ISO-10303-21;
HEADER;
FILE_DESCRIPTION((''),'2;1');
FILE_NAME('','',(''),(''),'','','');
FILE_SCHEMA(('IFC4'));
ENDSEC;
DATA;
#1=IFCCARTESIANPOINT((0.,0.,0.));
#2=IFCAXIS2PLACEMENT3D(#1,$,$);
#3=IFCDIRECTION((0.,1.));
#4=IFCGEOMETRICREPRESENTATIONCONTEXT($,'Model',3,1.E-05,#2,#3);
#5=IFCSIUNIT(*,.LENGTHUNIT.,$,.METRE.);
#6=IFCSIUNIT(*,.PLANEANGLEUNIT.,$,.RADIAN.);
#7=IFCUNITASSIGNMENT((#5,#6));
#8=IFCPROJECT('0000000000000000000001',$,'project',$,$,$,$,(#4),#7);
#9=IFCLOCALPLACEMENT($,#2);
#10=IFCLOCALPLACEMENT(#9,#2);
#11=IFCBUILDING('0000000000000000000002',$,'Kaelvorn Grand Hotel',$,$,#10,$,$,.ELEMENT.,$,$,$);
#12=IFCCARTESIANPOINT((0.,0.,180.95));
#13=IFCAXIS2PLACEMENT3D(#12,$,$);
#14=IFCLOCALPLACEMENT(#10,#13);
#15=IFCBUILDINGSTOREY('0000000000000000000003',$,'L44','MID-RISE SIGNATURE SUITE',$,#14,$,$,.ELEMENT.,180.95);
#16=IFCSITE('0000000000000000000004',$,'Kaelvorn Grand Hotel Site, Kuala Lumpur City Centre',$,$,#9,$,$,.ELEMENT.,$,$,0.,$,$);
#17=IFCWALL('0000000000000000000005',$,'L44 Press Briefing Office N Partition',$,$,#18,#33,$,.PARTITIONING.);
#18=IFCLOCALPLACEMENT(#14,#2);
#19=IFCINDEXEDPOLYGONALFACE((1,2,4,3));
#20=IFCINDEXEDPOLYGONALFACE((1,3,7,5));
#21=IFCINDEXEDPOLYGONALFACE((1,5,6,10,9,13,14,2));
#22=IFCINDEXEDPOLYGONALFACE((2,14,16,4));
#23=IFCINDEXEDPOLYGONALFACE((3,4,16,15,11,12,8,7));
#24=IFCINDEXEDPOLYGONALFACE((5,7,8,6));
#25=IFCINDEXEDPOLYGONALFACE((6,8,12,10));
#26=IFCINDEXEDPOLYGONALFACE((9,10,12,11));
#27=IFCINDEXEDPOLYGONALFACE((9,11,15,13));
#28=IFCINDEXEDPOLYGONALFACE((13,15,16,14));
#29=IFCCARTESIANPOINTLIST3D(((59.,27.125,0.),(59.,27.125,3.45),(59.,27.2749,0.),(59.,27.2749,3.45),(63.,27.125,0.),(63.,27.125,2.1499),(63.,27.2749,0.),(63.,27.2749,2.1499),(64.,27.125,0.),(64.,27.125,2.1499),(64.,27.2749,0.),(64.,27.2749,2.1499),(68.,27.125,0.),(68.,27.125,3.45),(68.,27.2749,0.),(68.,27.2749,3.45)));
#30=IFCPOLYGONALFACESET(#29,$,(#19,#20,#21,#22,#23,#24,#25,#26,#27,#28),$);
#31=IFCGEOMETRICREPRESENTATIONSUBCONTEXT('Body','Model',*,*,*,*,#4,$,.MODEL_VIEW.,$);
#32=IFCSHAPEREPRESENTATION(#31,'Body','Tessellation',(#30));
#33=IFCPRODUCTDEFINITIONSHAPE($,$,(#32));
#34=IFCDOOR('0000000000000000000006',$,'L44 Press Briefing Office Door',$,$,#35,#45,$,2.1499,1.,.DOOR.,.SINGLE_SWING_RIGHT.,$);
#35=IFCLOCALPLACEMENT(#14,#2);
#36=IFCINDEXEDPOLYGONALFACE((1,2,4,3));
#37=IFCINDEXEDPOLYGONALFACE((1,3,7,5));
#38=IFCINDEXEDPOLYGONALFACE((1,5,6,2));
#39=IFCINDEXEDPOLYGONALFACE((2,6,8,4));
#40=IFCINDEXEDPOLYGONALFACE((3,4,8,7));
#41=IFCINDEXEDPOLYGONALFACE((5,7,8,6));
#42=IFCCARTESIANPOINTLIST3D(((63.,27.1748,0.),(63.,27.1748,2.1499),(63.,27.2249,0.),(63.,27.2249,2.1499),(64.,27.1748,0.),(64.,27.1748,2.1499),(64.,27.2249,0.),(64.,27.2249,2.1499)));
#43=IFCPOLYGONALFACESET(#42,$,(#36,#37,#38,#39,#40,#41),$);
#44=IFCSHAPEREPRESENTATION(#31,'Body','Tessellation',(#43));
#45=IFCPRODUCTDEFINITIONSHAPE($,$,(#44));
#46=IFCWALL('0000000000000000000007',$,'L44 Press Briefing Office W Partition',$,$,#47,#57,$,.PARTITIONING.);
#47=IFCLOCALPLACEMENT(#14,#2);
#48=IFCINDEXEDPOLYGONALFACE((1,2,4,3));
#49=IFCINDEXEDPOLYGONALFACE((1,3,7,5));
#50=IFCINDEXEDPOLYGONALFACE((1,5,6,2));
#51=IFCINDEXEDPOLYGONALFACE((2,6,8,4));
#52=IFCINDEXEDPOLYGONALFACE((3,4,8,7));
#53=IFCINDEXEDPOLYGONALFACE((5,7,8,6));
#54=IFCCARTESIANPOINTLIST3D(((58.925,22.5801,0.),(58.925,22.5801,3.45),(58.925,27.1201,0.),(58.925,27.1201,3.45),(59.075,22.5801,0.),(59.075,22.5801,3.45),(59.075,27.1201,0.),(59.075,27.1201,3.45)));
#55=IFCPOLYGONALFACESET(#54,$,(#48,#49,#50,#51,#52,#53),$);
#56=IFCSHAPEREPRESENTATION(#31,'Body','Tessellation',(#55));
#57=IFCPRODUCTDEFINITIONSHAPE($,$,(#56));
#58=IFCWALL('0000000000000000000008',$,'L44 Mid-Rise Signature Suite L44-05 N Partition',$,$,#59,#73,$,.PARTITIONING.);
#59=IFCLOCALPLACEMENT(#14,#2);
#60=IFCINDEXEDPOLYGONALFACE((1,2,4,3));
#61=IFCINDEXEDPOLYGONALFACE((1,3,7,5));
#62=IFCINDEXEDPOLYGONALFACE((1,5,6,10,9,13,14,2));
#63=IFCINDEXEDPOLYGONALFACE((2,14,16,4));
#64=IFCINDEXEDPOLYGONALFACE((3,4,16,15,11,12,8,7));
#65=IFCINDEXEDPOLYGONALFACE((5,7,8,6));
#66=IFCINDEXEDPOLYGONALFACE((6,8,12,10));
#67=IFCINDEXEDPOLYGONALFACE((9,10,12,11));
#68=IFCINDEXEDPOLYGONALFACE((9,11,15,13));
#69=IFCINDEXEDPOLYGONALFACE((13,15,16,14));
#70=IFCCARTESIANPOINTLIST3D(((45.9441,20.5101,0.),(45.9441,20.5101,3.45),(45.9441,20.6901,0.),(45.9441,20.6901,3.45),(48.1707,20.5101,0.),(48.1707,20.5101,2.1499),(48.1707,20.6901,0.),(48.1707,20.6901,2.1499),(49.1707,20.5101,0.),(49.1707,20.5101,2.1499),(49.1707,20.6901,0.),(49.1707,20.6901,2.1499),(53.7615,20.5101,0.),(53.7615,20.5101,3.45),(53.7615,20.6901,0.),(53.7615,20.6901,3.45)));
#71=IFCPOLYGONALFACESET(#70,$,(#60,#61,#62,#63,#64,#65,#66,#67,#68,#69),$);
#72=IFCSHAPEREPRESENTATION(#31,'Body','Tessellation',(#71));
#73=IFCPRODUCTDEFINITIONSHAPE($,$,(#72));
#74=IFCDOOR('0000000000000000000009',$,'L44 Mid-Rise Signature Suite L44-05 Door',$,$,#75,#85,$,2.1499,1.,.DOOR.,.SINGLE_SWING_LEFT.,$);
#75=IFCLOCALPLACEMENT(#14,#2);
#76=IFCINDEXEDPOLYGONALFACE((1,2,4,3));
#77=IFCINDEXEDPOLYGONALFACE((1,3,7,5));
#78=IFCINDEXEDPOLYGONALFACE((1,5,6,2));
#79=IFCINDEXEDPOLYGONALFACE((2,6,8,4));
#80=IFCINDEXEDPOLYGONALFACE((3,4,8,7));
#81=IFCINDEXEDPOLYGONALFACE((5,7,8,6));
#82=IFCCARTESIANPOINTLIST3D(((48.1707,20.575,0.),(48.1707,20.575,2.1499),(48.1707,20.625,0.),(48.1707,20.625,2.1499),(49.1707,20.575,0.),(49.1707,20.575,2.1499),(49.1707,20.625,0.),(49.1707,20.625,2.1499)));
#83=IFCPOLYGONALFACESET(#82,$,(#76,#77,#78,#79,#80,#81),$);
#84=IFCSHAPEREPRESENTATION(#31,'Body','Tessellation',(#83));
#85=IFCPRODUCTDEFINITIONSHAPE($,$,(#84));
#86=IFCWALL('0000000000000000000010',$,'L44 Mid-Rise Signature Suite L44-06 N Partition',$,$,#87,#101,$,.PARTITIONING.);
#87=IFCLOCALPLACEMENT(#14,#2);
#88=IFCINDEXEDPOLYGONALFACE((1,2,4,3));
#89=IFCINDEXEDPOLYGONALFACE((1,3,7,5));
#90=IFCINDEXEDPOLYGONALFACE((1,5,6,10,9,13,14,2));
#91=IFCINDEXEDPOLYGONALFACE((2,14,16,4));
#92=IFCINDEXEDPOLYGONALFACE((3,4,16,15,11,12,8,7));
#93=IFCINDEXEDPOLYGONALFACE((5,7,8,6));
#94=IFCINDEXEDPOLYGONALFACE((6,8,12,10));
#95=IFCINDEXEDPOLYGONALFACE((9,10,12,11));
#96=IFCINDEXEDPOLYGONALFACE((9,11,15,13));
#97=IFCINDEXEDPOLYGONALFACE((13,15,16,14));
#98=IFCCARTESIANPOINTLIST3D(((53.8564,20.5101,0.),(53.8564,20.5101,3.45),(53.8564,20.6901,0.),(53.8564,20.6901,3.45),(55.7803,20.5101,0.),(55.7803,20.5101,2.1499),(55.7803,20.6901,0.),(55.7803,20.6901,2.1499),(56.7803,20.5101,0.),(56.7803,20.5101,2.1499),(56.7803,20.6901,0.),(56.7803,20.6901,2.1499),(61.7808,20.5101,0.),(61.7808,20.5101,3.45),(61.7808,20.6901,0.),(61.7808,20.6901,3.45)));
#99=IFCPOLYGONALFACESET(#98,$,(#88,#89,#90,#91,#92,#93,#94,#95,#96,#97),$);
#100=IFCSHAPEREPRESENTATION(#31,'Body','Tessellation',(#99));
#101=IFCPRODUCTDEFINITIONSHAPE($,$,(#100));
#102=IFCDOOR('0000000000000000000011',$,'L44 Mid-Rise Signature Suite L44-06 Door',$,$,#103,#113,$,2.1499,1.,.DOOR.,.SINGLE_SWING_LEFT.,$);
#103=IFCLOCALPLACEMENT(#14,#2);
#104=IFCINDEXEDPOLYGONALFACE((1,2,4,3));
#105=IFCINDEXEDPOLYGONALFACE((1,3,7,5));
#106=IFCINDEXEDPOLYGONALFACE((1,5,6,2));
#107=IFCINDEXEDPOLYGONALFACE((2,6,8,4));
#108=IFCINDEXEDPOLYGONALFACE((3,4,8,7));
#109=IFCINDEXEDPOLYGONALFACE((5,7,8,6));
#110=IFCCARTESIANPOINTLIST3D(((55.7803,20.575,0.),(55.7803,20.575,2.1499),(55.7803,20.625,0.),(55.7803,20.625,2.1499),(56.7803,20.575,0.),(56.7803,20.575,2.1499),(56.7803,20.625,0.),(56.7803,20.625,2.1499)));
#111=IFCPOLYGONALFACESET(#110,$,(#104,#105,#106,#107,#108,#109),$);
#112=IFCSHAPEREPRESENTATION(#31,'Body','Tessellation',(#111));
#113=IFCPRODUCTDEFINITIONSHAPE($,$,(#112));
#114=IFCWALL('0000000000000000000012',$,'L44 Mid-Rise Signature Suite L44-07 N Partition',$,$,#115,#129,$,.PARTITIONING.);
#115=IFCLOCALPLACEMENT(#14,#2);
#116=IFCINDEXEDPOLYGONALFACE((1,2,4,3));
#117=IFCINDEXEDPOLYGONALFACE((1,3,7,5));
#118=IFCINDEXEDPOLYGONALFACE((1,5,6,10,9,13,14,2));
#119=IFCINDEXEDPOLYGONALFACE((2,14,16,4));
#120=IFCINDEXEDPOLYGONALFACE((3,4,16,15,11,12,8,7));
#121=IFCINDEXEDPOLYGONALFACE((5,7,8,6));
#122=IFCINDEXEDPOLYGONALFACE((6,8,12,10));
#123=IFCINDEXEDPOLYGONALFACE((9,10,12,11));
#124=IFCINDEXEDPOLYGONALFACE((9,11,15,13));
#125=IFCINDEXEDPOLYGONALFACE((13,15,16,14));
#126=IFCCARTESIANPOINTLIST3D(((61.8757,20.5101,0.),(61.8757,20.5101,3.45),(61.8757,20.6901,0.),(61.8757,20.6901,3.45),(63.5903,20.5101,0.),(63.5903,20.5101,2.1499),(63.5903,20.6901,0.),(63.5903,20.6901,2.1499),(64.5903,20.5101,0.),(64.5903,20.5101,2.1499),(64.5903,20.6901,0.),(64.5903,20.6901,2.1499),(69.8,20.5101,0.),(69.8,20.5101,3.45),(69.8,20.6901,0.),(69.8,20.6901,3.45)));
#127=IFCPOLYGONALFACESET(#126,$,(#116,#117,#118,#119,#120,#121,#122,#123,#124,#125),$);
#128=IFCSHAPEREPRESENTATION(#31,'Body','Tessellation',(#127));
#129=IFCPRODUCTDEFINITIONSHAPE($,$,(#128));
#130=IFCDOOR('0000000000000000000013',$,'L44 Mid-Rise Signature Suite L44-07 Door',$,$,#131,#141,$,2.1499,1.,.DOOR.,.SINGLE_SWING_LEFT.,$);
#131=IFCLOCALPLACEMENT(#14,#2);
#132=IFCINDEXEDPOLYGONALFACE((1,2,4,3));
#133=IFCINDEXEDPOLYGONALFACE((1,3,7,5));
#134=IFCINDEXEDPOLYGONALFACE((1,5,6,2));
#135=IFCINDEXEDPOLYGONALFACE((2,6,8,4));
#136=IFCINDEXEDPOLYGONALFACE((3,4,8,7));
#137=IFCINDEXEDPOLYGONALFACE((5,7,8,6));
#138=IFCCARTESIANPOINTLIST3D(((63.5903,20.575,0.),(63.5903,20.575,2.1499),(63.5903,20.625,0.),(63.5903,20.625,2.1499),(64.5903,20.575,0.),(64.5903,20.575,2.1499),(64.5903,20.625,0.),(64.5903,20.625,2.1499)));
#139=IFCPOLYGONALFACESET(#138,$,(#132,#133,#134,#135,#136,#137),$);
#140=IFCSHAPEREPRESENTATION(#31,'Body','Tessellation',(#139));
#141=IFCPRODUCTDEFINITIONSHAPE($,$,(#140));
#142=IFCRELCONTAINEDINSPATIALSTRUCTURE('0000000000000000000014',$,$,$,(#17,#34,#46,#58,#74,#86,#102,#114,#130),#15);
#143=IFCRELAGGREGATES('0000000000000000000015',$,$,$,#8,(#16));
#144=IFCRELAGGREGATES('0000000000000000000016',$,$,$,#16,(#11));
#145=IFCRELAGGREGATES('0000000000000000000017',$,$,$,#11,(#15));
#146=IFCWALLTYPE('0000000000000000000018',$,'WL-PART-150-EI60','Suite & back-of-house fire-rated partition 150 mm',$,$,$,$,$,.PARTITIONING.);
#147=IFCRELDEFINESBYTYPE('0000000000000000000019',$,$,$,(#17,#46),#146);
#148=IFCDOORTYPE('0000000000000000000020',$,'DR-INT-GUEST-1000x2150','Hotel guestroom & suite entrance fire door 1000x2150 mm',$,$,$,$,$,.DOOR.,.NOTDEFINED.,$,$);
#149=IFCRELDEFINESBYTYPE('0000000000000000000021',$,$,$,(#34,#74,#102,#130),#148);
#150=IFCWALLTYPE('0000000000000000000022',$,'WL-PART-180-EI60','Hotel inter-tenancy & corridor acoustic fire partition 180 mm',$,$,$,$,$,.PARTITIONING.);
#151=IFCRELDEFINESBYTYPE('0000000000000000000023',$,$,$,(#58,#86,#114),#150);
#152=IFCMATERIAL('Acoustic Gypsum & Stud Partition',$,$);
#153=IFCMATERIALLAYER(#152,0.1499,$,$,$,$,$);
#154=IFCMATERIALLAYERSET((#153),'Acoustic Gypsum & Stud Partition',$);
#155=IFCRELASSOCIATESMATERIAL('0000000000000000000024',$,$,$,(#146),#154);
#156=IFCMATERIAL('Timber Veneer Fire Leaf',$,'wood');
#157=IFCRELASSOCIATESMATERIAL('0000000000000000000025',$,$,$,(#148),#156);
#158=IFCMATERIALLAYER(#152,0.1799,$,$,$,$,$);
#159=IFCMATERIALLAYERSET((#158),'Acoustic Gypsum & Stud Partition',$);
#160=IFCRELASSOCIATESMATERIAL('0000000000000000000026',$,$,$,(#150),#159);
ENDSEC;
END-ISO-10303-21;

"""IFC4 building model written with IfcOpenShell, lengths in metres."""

from ifc_helpers import new_model, si_unit, direction, frame, frame_2d, origin, place, context, subcontext, project, spatial, rectangle, extrude, material, layer, layer_set, type_object, element, fill, save


model = new_model("IFC4")

# Units and contexts
model_context = context("Model", 3, precision=1e-05, world=origin(), true_north=direction((0.0, 1.0)))
body_context = subcontext(model_context, "Body", "Model", "MODEL_VIEW")
ifc_project = project(units=[si_unit("LENGTHUNIT", "METRE"), si_unit("PLANEANGLEUNIT", "RADIAN")], contexts=[model_context])

# Site, building, storey
site_placement = place(None, origin())
site = spatial("IfcSite", under=ifc_project, at=site_placement, Name="Kaelvorn Grand Hotel Site, Kuala Lumpur City Centre", CompositionType="ELEMENT", RefElevation=0.0)
building_placement = place(site_placement, origin())
building = spatial("IfcBuilding", under=site, at=building_placement, Name="Kaelvorn Grand Hotel", CompositionType="ELEMENT")
storey_placement = place(building_placement, frame((0.0, 0.0, 180.95)))
storey = spatial("IfcBuildingStorey", under=building, at=storey_placement, Name="L44", Description="MID-RISE SIGNATURE SUITE", CompositionType="ELEMENT", Elevation=180.95)

# Shared definitions
ifc_material_1 = material(Name="Acoustic Gypsum & Stud Partition")
ifc_layer_1 = layer(ifc_material_1, 0.1499)
ifc_layer_set_1 = layer_set([ifc_layer_1], Name="Acoustic Gypsum & Stud Partition")
wall_type_1 = type_object("IfcWallType", Name="WL-PART-150-EI60", Description="Suite & back-of-house fire-rated partition 150 mm", PredefinedType="PARTITIONING", material=ifc_layer_set_1)

# Wall, opening, door
wall_1_placement = place(storey_placement, frame((59.0, 27.2, 0.0), z_axis=(0.0, 0.0, 1.0), x_axis=(1.0, 0.0, 0.0)))
wall_1 = element("IfcWall", 1, at=wall_1_placement, inside=storey, type_object=wall_type_1, Name="L44 Press Briefing Office N Partition", PredefinedType="PARTITIONING", context=body_context, shape_type="SweptSolid", body=[
    extrude(rectangle(XDim=9.0, YDim=0.1499, at=frame_2d((4.5, 0.0))), origin(), (0.0, 0.0, 1.0), 3.45),
])
opening_1_placement = place(wall_1_placement, frame((4.0, 0.0, 0.0)))
opening_1 = element("IfcOpeningElement", 2, at=opening_1_placement, cuts=wall_1, PredefinedType="OPENING", context=body_context, shape_type="SweptSolid", body=[
    extrude(rectangle(XDim=1.0, YDim=2.1499, at=frame_2d((0.5, 1.075))), frame((0.0, 0.085, 0.0), z_axis=(0.0, -1.0, 0.0), x_axis=(1.0, 0.0, 0.0)), (0.0, 0.0, 1.0), 0.1699),
])
ifc_material_2 = material(Name="Timber Veneer Fire Leaf", Category="wood")
door_type_1 = type_object("IfcDoorType", Name="DR-INT-GUEST-1000x2150", Description="Hotel guestroom & suite entrance fire door 1000x2150 mm", OperationType="NOTDEFINED", PredefinedType="DOOR", material=ifc_material_2)
door_1_placement = place(opening_1_placement, origin())
door_1 = element("IfcDoor", 3, at=door_1_placement, inside=storey, type_object=door_type_1, Name="L44 Press Briefing Office Door", OperationType="SINGLE_SWING_RIGHT", OverallHeight=2.1499, OverallWidth=1.0, PredefinedType="DOOR", context=body_context, shape_type="SweptSolid", body=[
    extrude(rectangle(XDim=1.0, YDim=2.1499, at=frame_2d((0.5, 1.075))), frame((0.0, 0.0249, 0.0), z_axis=(0.0, -1.0, 0.0), x_axis=(1.0, 0.0, 0.0)), (0.0, 0.0, 1.0), 0.05),
])
fill(opening_1, door_1)

# Wall
wall_2_placement = place(storey_placement, frame((59.0, 22.5801, 0.0), z_axis=(0.0, 0.0, 1.0), x_axis=(0.0, 1.0, 0.0)))
element("IfcWall", 4, at=wall_2_placement, inside=storey, type_object=wall_type_1, Name="L44 Press Briefing Office W Partition", PredefinedType="PARTITIONING", context=body_context, shape_type="SweptSolid", body=[
    extrude(rectangle(XDim=4.54, YDim=0.1499, at=frame_2d((2.27, 0.0))), origin(), (0.0, 0.0, 1.0), 3.45),
])

# Walls, openings, doors
ifc_layer_2 = layer(ifc_material_1, 0.1799)
ifc_layer_set_2 = layer_set([ifc_layer_2], Name="Acoustic Gypsum & Stud Partition")
wall_type_2 = type_object("IfcWallType", Name="WL-PART-180-EI60", Description="Hotel inter-tenancy & corridor acoustic fire partition 180 mm", PredefinedType="PARTITIONING", material=ifc_layer_set_2)
wall_3_placement = place(storey_placement, frame((45.9441, 20.6001, 0.0), z_axis=(0.0, 0.0, 1.0), x_axis=(1.0, 0.0, 0.0)))
wall_3 = element("IfcWall", 5, at=wall_3_placement, inside=storey, type_object=wall_type_2, Name="L44 Mid-Rise Signature Suite L44-05 N Partition", PredefinedType="PARTITIONING", context=body_context, shape_type="SweptSolid", body=[
    extrude(rectangle(XDim=7.8174, YDim=0.1799, at=frame_2d((3.9087, 0.0))), origin(), (0.0, 0.0, 1.0), 3.45),
])
opening_2_placement = place(wall_3_placement, frame((2.2266, 0.0, 0.0)))
opening_2 = element("IfcOpeningElement", 6, at=opening_2_placement, cuts=wall_3, PredefinedType="OPENING", context=body_context, shape_type="SweptSolid", body=[
    extrude(rectangle(XDim=1.0, YDim=2.1499, at=frame_2d((0.5, 1.075))), frame((0.0, 0.1001, 0.0), z_axis=(0.0, -1.0, 0.0), x_axis=(1.0, 0.0, 0.0)), (0.0, 0.0, 1.0), 0.2),
])
door_2_placement = place(opening_2_placement, origin())
door_2 = element("IfcDoor", 7, at=door_2_placement, inside=storey, type_object=door_type_1, Name="L44 Mid-Rise Signature Suite L44-05 Door", OperationType="SINGLE_SWING_LEFT", OverallHeight=2.1499, OverallWidth=1.0, PredefinedType="DOOR", context=body_context, shape_type="SweptSolid", body=[
    extrude(rectangle(XDim=1.0, YDim=2.1499, at=frame_2d((0.5, 1.075))), frame((0.0, 0.0249, 0.0), z_axis=(0.0, -1.0, 0.0), x_axis=(1.0, 0.0, 0.0)), (0.0, 0.0, 1.0), 0.05),
])
fill(opening_2, door_2)
wall_4_placement = place(storey_placement, frame((53.8564, 20.6001, 0.0), z_axis=(0.0, 0.0, 1.0), x_axis=(1.0, 0.0, 0.0)))
wall_4 = element("IfcWall", 8, at=wall_4_placement, inside=storey, type_object=wall_type_2, Name="L44 Mid-Rise Signature Suite L44-06 N Partition", PredefinedType="PARTITIONING", context=body_context, shape_type="SweptSolid", body=[
    extrude(rectangle(XDim=7.9243, YDim=0.1799, at=frame_2d((3.9622, 0.0))), origin(), (0.0, 0.0, 1.0), 3.45),
])
opening_3_placement = place(wall_4_placement, frame((1.9238, 0.0, 0.0)))
opening_3 = element("IfcOpeningElement", 9, at=opening_3_placement, cuts=wall_4, PredefinedType="OPENING", context=body_context, shape_type="SweptSolid", body=[
    extrude(rectangle(XDim=1.0, YDim=2.1499, at=frame_2d((0.5, 1.075))), frame((0.0, 0.1001, 0.0), z_axis=(0.0, -1.0, 0.0), x_axis=(1.0, 0.0, 0.0)), (0.0, 0.0, 1.0), 0.2),
])
door_3_placement = place(opening_3_placement, origin())
door_3 = element("IfcDoor", 10, at=door_3_placement, inside=storey, type_object=door_type_1, Name="L44 Mid-Rise Signature Suite L44-06 Door", OperationType="SINGLE_SWING_LEFT", OverallHeight=2.1499, OverallWidth=1.0, PredefinedType="DOOR", context=body_context, shape_type="SweptSolid", body=[
    extrude(rectangle(XDim=1.0, YDim=2.1499, at=frame_2d((0.5, 1.075))), frame((0.0, 0.0249, 0.0), z_axis=(0.0, -1.0, 0.0), x_axis=(1.0, 0.0, 0.0)), (0.0, 0.0, 1.0), 0.05),
])
fill(opening_3, door_3)
wall_5_placement = place(storey_placement, frame((61.8757, 20.6001, 0.0), z_axis=(0.0, 0.0, 1.0), x_axis=(1.0, 0.0, 0.0)))
wall_5 = element("IfcWall", 11, at=wall_5_placement, inside=storey, type_object=wall_type_2, Name="L44 Mid-Rise Signature Suite L44-07 N Partition", PredefinedType="PARTITIONING", context=body_context, shape_type="SweptSolid", body=[
    extrude(rectangle(XDim=7.9243, YDim=0.1799, at=frame_2d((3.9622, 0.0))), origin(), (0.0, 0.0, 1.0), 3.45),
])
opening_4_placement = place(wall_5_placement, frame((1.7146, 0.0, 0.0)))
opening_4 = element("IfcOpeningElement", 12, at=opening_4_placement, cuts=wall_5, PredefinedType="OPENING", context=body_context, shape_type="SweptSolid", body=[
    extrude(rectangle(XDim=1.0, YDim=2.1499, at=frame_2d((0.5, 1.075))), frame((0.0, 0.1001, 0.0), z_axis=(0.0, -1.0, 0.0), x_axis=(1.0, 0.0, 0.0)), (0.0, 0.0, 1.0), 0.2),
])
door_4_placement = place(opening_4_placement, origin())
door_4 = element("IfcDoor", 13, at=door_4_placement, inside=storey, type_object=door_type_1, Name="L44 Mid-Rise Signature Suite L44-07 Door", OperationType="SINGLE_SWING_LEFT", OverallHeight=2.1499, OverallWidth=1.0, PredefinedType="DOOR", context=body_context, shape_type="SweptSolid", body=[
    extrude(rectangle(XDim=1.0, YDim=2.1499, at=frame_2d((0.5, 1.075))), frame((0.0, 0.0249, 0.0), z_axis=(0.0, -1.0, 0.0), x_axis=(1.0, 0.0, 0.0)), (0.0, 0.0, 1.0), 0.05),
])
fill(opening_4, door_4)

save(model, "model.ifc")
